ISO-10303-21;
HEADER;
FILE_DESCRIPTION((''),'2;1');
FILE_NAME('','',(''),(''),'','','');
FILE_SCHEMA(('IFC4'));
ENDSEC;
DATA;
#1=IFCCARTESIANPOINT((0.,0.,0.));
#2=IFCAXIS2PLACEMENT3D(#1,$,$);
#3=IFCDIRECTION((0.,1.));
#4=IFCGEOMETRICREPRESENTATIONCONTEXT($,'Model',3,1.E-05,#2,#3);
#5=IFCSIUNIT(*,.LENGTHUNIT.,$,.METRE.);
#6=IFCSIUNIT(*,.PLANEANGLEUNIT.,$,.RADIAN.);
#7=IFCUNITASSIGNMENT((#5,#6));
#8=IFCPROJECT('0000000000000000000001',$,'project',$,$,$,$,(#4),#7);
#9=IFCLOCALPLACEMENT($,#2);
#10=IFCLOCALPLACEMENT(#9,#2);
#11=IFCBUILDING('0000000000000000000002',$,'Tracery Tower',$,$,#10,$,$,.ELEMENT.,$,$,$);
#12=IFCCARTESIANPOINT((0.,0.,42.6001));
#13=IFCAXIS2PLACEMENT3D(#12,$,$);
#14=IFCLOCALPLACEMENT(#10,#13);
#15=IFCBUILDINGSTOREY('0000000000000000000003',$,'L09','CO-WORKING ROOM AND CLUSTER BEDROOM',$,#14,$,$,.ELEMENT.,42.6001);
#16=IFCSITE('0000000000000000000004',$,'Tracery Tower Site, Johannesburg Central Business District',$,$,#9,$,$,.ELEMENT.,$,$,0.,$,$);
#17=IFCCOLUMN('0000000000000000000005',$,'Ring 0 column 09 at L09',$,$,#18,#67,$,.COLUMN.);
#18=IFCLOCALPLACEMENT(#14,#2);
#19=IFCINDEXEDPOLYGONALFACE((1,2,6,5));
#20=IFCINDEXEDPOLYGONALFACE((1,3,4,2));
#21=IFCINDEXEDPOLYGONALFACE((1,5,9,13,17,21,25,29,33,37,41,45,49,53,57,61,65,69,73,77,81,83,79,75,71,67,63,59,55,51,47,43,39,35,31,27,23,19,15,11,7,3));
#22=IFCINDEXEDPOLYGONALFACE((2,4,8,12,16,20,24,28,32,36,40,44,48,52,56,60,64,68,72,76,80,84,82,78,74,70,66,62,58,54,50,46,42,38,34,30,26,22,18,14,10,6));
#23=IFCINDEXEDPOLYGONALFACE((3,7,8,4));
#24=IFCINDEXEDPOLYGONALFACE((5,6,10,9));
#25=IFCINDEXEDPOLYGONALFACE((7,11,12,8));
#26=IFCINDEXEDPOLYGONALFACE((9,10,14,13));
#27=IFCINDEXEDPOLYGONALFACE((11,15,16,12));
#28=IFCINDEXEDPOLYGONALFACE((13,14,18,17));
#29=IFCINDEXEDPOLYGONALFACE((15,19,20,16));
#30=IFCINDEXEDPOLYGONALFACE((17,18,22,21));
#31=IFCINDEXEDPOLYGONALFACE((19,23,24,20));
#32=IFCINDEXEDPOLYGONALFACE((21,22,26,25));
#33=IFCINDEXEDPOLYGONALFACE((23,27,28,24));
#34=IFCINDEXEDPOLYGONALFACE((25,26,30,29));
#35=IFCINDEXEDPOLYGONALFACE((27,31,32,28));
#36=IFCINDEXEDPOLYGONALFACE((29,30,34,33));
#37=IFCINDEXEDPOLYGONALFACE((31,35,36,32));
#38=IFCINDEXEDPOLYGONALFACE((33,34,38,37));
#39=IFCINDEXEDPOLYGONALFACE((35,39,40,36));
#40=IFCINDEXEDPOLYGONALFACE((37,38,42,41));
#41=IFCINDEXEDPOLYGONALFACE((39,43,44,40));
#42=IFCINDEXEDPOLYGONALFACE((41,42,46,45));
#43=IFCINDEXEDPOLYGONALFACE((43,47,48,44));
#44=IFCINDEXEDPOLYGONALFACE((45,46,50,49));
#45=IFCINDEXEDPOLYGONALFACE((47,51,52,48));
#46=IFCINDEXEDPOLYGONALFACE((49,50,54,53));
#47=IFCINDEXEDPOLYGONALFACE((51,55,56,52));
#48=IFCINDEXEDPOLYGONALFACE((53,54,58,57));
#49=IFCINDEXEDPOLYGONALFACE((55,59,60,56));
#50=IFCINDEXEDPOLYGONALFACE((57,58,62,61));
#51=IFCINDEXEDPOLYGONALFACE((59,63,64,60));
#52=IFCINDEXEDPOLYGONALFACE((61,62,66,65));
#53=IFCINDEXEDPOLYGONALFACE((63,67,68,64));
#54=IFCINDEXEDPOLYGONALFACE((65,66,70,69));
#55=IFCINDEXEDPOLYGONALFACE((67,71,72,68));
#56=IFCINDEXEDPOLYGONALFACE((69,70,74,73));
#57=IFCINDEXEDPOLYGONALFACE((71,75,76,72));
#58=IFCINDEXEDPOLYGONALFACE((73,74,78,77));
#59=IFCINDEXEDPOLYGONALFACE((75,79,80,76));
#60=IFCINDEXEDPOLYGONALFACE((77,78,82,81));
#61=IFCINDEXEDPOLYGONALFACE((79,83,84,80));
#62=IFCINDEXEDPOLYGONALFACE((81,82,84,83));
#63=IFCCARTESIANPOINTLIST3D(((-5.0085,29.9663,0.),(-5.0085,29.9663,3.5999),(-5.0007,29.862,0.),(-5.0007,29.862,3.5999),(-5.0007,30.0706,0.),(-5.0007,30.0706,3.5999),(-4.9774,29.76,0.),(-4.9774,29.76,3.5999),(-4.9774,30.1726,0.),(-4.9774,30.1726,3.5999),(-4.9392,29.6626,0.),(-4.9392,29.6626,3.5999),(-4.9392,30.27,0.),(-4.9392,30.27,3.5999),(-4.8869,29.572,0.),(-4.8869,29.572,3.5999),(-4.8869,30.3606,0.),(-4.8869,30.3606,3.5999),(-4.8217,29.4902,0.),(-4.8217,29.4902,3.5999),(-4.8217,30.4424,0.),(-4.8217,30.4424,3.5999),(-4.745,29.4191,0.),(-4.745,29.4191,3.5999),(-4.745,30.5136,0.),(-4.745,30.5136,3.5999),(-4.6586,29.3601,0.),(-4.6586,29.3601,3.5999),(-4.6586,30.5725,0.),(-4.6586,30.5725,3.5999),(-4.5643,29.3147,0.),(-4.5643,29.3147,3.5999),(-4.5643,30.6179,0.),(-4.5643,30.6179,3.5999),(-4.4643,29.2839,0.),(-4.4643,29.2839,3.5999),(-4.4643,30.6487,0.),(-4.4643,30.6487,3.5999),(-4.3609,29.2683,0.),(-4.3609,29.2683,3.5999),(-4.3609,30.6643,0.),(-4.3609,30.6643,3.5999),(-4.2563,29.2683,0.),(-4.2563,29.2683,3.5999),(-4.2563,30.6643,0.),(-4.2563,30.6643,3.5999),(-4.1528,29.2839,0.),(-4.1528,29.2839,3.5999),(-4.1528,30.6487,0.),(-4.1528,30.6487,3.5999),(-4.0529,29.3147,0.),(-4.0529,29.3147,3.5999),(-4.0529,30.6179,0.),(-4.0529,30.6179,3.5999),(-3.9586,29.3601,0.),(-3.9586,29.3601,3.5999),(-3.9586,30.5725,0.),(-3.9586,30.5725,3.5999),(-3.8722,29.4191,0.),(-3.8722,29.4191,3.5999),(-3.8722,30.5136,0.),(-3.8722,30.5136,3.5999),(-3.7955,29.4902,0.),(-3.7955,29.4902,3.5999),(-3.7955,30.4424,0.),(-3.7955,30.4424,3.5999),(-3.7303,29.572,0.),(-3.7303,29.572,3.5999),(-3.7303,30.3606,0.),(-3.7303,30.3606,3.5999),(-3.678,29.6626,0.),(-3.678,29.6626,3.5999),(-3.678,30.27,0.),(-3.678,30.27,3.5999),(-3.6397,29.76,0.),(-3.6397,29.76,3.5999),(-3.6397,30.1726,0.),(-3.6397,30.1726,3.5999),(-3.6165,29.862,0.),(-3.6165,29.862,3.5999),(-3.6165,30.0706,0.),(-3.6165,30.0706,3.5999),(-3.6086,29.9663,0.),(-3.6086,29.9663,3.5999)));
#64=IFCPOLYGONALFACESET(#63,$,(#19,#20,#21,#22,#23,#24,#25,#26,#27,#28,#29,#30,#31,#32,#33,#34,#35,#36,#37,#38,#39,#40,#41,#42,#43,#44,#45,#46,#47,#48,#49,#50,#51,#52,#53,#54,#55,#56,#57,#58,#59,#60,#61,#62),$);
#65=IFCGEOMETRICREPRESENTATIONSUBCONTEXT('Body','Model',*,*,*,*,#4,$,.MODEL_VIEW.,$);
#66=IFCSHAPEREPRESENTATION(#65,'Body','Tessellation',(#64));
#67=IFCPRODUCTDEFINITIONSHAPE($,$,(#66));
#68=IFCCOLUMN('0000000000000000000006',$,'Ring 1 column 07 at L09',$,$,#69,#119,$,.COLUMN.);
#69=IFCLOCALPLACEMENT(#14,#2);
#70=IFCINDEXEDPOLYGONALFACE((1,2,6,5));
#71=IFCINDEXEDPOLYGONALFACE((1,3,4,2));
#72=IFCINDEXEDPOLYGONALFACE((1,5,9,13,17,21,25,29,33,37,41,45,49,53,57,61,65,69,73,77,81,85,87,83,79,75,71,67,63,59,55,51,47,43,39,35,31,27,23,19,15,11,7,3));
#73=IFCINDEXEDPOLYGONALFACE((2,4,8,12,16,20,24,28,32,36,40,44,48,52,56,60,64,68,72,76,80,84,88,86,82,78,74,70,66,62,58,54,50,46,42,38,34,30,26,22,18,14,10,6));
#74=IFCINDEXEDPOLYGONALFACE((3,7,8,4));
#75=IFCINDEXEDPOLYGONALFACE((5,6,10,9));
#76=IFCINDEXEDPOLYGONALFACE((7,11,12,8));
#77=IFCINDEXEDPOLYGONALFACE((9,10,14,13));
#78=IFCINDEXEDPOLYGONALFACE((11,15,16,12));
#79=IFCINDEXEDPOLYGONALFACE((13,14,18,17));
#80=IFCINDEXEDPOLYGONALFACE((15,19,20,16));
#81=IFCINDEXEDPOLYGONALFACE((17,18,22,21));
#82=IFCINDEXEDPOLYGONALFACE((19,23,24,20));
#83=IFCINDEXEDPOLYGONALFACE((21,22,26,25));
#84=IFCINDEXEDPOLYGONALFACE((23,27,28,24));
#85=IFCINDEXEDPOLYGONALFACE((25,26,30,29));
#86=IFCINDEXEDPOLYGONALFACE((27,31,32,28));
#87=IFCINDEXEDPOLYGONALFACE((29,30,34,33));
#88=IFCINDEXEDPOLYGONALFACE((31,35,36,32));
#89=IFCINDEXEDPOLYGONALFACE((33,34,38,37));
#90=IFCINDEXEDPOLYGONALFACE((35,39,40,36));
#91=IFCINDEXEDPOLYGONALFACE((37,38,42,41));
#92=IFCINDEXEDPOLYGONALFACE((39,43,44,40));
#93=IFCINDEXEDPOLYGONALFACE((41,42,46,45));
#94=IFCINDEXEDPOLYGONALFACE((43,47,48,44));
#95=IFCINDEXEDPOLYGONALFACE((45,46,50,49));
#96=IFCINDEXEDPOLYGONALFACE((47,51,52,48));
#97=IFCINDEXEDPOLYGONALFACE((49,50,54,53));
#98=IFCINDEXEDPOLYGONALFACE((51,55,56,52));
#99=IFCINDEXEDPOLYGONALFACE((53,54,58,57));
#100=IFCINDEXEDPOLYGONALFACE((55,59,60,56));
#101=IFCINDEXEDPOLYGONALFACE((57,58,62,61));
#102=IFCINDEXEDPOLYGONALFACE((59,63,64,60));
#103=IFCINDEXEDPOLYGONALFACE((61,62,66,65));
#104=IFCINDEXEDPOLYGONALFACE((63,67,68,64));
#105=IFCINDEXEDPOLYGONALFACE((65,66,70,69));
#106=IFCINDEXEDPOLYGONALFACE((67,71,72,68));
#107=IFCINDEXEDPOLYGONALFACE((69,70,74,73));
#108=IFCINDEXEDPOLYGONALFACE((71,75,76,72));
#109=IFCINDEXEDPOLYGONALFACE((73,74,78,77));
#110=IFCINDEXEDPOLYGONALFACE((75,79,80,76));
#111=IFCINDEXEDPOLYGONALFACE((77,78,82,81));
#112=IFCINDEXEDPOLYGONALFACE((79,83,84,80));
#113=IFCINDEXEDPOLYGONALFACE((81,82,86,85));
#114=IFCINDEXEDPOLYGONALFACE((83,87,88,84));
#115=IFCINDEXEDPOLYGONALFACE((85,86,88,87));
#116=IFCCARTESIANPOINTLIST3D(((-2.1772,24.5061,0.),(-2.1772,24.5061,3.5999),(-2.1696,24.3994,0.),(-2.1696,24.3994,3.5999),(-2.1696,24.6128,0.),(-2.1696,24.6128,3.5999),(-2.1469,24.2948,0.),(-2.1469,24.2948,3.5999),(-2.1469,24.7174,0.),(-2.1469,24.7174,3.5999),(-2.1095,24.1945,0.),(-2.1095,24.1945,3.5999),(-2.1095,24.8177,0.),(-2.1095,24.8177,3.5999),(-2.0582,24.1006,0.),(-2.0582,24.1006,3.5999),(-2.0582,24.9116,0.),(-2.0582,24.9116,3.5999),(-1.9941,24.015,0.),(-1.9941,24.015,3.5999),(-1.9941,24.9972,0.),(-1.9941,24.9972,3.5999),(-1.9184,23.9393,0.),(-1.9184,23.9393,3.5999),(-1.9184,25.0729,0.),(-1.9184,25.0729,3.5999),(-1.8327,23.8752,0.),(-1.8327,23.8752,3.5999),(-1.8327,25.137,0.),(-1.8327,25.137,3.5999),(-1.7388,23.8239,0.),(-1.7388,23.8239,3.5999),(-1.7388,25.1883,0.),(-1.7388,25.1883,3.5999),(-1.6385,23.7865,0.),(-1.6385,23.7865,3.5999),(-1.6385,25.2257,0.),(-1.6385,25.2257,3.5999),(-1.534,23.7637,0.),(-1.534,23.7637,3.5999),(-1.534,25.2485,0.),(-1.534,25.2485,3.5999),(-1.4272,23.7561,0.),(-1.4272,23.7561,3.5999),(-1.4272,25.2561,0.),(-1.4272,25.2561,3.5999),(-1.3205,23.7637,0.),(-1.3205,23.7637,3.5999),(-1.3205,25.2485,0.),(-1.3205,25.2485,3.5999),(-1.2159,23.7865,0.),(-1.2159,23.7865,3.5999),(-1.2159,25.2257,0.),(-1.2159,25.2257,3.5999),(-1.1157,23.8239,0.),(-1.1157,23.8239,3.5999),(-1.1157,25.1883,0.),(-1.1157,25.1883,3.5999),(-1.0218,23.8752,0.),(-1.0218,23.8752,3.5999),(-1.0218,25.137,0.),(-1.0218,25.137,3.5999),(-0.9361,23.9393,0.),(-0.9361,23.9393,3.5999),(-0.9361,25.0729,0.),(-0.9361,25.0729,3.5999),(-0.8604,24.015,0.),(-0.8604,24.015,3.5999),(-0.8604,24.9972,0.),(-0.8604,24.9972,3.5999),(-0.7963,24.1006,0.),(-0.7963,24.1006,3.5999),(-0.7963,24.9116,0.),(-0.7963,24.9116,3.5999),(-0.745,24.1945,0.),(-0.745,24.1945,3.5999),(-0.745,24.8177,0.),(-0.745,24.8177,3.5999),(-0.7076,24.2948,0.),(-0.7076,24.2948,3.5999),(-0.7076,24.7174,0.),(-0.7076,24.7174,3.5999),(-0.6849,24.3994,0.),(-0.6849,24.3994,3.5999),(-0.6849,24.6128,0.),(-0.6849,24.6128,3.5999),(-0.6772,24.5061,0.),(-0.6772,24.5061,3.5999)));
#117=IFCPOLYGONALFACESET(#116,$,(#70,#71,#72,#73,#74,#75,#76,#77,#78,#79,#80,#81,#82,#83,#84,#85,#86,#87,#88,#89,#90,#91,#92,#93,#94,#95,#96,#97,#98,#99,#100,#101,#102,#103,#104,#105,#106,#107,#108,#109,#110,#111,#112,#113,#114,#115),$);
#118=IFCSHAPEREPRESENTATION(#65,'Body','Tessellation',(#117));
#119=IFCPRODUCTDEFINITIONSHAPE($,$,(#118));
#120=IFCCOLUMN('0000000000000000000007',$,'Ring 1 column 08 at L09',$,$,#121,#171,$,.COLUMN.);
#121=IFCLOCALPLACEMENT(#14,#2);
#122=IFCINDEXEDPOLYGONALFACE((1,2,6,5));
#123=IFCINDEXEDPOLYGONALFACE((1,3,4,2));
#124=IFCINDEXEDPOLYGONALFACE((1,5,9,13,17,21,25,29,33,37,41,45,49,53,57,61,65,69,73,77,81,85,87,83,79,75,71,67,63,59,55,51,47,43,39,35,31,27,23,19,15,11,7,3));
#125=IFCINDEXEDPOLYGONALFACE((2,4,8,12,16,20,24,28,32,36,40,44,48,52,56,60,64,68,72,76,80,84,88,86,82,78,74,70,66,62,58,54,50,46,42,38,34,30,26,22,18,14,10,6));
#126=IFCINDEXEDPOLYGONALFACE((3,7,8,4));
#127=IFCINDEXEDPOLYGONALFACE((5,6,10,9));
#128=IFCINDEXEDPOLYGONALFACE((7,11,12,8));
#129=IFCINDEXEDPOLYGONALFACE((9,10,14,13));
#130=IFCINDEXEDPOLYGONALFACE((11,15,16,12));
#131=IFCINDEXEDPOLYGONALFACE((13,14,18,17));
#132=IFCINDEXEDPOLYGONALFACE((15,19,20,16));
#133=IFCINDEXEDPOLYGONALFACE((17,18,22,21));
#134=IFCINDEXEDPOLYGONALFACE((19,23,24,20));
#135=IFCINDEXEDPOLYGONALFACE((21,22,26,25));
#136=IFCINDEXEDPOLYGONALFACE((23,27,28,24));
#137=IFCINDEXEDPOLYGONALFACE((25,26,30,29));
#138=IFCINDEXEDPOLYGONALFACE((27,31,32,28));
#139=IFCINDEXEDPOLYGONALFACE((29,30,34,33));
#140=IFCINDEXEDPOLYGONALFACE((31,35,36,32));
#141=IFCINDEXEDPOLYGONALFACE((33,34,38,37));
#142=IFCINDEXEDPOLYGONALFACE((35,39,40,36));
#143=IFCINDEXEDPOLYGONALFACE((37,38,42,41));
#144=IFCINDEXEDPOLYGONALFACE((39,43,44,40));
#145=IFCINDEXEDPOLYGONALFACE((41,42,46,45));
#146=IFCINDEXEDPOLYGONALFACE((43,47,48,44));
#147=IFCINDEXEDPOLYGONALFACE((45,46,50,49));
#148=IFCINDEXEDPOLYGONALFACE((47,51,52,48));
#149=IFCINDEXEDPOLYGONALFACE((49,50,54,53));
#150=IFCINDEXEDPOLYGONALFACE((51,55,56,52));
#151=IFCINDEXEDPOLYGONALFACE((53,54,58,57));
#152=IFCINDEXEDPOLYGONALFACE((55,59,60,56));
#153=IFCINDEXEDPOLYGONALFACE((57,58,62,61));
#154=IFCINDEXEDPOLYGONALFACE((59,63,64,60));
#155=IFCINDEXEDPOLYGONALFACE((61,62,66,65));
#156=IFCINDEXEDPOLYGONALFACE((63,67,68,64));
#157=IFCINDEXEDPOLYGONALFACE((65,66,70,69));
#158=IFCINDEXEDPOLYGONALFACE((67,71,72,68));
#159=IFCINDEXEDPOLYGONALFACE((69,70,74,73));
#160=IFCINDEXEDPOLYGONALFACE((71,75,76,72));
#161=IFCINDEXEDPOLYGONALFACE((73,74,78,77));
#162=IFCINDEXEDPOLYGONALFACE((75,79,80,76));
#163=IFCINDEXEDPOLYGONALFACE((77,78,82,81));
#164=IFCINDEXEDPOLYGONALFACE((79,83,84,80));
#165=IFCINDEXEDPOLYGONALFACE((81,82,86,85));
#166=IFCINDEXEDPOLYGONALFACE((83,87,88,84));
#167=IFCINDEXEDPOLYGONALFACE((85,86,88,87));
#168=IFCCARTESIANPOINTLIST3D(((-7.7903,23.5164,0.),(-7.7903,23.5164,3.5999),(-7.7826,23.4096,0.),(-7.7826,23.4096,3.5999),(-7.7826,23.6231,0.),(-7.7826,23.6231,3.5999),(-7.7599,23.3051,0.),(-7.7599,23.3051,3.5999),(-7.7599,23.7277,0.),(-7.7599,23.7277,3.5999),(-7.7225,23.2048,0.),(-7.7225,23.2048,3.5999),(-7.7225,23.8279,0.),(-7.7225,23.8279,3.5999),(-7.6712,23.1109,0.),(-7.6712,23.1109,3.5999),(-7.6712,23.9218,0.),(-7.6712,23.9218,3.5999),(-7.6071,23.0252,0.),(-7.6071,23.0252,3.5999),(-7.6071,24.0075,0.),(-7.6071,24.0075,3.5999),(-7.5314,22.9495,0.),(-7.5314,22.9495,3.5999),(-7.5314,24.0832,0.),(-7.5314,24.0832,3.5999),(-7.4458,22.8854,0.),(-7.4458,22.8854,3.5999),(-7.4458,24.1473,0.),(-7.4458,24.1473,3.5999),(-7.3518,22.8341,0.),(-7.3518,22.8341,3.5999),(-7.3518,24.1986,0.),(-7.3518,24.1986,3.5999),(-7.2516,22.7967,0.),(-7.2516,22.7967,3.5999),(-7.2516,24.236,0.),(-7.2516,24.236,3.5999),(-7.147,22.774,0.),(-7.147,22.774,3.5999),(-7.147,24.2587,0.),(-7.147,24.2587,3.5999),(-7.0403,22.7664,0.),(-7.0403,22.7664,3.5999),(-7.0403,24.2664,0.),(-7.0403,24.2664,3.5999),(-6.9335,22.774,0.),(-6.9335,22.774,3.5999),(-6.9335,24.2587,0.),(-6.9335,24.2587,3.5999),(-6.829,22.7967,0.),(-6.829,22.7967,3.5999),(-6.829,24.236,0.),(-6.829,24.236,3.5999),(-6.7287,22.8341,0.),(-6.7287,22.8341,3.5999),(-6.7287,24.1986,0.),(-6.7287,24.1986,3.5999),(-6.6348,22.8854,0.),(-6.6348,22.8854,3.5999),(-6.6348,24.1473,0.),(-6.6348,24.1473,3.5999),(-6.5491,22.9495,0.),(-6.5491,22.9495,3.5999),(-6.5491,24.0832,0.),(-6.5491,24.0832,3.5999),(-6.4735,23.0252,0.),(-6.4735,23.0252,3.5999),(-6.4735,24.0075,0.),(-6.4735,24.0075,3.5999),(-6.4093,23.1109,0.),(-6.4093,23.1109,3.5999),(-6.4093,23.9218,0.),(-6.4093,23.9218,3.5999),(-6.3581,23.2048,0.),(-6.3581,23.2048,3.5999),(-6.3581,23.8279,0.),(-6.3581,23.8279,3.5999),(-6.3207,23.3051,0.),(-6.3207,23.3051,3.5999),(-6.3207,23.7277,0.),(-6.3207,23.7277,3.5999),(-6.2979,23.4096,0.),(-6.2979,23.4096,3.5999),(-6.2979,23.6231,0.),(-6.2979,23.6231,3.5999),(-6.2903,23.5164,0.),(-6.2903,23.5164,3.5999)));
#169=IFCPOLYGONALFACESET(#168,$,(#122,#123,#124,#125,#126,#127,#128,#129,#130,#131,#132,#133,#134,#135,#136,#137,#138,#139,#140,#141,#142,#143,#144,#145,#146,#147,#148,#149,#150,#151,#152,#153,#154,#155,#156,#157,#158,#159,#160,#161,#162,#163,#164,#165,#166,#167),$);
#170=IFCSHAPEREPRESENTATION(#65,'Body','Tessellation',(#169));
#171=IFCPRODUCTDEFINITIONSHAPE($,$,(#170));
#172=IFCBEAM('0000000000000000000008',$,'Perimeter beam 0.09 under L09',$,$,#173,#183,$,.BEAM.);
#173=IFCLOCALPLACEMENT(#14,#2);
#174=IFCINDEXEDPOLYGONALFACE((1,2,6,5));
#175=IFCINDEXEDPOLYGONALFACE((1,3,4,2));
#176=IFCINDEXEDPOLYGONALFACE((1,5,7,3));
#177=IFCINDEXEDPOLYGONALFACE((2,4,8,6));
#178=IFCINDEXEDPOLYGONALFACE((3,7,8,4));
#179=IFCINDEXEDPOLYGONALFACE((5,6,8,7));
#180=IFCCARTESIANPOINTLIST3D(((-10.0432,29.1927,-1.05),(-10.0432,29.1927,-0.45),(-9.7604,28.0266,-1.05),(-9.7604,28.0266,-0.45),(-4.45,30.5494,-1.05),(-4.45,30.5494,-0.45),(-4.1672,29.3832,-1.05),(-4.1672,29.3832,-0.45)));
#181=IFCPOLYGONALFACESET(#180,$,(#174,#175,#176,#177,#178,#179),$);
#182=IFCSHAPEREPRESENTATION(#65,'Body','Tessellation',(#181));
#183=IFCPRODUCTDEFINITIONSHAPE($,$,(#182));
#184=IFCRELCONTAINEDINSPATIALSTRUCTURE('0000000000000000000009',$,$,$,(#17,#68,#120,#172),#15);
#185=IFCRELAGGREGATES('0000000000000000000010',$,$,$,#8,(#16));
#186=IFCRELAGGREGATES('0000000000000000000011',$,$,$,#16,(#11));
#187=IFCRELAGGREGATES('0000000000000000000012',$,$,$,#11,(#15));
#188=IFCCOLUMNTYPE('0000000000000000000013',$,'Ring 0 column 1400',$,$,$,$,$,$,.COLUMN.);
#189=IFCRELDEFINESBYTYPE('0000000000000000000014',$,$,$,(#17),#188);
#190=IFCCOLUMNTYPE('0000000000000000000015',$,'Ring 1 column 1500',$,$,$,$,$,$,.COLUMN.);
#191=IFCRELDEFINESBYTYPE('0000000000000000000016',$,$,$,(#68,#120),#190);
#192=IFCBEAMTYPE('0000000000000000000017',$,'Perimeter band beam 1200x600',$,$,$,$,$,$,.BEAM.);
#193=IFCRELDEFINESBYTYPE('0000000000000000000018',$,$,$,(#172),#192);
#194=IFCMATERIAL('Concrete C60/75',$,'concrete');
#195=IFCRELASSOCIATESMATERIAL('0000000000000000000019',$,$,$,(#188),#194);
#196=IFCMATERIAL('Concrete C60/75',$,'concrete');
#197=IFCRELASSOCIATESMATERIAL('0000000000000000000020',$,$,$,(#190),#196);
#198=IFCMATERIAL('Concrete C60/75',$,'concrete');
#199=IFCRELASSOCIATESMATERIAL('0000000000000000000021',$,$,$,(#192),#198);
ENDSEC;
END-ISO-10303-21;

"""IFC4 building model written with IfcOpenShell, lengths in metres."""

from ifc_helpers import new_model, si_unit, direction, frame, origin, origin_2d, place, context, subcontext, project, spatial, rectangle, circle, extrude, material, material_profile, profile_set, type_object, element, save


model = new_model("IFC4")

# Units and contexts
model_context = context("Model", 3, precision=1e-05, world=origin(), true_north=direction((0.0, 1.0)))
body_context = subcontext(model_context, "Body", "Model", "MODEL_VIEW")
ifc_project = project(units=[si_unit("LENGTHUNIT", "METRE"), si_unit("PLANEANGLEUNIT", "RADIAN")], contexts=[model_context])

# Site, building, storey
site_placement = place(None, origin())
site = spatial("IfcSite", under=ifc_project, at=site_placement, Name="Tracery Tower Site, Johannesburg Central Business District", CompositionType="ELEMENT", RefElevation=0.0)
building_placement = place(site_placement, origin())
building = spatial("IfcBuilding", under=site, at=building_placement, Name="Tracery Tower", CompositionType="ELEMENT")
storey_placement = place(building_placement, frame((0.0, 0.0, 42.6001)))
storey = spatial("IfcBuildingStorey", under=building, at=storey_placement, Name="L09", Description="CO-WORKING ROOM AND CLUSTER BEDROOM", CompositionType="ELEMENT", Elevation=42.6001)

# Columns
ifc_material_1 = material(Name="Concrete C60/75", Category="concrete")
ifc_material_profile_1 = material_profile(ifc_material_1, circle(Radius=0.7, at=origin_2d()), Name="RC D1400")
ifc_profile_set_1 = profile_set([ifc_material_profile_1], Name="Concrete C60/75")
column_type_1 = type_object("IfcColumnType", Name="Ring 0 column 1400", PredefinedType="COLUMN", material=ifc_profile_set_1)
column_placement = place(storey_placement, frame((-4.3086, 29.9663, 0.0), z_axis=(0.0, 0.0, 1.0), x_axis=(1.0, 0.0, 0.0)))
element("IfcColumn", 1, at=column_placement, inside=storey, type_object=column_type_1, Name="Ring 0 column 09 at L09", PredefinedType="COLUMN", context=body_context, shape_type="SweptSolid", body=[
    extrude(circle(Radius=0.7, at=origin_2d()), origin(), (0.0, 0.0, 1.0), 3.5999),
])
ifc_material_2 = material(Name="Concrete C60/75", Category="concrete")
ifc_material_profile_2 = material_profile(ifc_material_2, circle(Radius=0.75, at=origin_2d()), Name="RC D1500")
ifc_profile_set_2 = profile_set([ifc_material_profile_2], Name="Concrete C60/75")
column_type_2 = type_object("IfcColumnType", Name="Ring 1 column 1500", PredefinedType="COLUMN", material=ifc_profile_set_2)
for number, where, z_axis, x_axis, name in (
    (2, (-1.4272, 24.5061, 0.0), (0.0, 0.0, 1.0), (1.0, 0.0, 0.0), "Ring 1 column 07 at L09"),
    (3, (-7.0403, 23.5164, 0.0), (0.0, 0.0, 1.0), (1.0, 0.0, 0.0), "Ring 1 column 08 at L09"),
):
    element("IfcColumn", number, at=place(storey_placement, frame(where, z_axis=z_axis, x_axis=x_axis)), inside=storey, type_object=column_type_2, Name=name, PredefinedType="COLUMN", context=body_context, shape_type="SweptSolid", body=[
        extrude(circle(Radius=0.75, at=origin_2d()), origin(), (0.0, 0.0, 1.0), 3.5999),
    ])

# Beam
ifc_material_3 = material(Name="Concrete C60/75", Category="concrete")
ifc_material_profile_3 = material_profile(ifc_material_3, rectangle(XDim=1.2, YDim=0.6001, at=origin_2d()), Name="RC 1200x600")
ifc_profile_set_3 = profile_set([ifc_material_profile_3], Name="Concrete C60/75")
beam_type = type_object("IfcBeamType", Name="Perimeter band beam 1200x600", PredefinedType="BEAM", material=ifc_profile_set_3)
beam_placement = place(storey_placement, frame((-4.3086, 29.9663, -0.75), z_axis=(-0.97182, -0.235723, 0.0), x_axis=(0.235723, -0.97182, 0.0)))
element("IfcBeam", 4, at=beam_placement, inside=storey, type_object=beam_type, Name="Perimeter beam 0.09 under L09", PredefinedType="BEAM", context=body_context, shape_type="SweptSolid", body=[
    extrude(rectangle(XDim=1.2, YDim=0.6001, at=origin_2d()), origin(), (0.0, 0.0, 1.0), 5.7554),
])

save(model, "model.ifc")
